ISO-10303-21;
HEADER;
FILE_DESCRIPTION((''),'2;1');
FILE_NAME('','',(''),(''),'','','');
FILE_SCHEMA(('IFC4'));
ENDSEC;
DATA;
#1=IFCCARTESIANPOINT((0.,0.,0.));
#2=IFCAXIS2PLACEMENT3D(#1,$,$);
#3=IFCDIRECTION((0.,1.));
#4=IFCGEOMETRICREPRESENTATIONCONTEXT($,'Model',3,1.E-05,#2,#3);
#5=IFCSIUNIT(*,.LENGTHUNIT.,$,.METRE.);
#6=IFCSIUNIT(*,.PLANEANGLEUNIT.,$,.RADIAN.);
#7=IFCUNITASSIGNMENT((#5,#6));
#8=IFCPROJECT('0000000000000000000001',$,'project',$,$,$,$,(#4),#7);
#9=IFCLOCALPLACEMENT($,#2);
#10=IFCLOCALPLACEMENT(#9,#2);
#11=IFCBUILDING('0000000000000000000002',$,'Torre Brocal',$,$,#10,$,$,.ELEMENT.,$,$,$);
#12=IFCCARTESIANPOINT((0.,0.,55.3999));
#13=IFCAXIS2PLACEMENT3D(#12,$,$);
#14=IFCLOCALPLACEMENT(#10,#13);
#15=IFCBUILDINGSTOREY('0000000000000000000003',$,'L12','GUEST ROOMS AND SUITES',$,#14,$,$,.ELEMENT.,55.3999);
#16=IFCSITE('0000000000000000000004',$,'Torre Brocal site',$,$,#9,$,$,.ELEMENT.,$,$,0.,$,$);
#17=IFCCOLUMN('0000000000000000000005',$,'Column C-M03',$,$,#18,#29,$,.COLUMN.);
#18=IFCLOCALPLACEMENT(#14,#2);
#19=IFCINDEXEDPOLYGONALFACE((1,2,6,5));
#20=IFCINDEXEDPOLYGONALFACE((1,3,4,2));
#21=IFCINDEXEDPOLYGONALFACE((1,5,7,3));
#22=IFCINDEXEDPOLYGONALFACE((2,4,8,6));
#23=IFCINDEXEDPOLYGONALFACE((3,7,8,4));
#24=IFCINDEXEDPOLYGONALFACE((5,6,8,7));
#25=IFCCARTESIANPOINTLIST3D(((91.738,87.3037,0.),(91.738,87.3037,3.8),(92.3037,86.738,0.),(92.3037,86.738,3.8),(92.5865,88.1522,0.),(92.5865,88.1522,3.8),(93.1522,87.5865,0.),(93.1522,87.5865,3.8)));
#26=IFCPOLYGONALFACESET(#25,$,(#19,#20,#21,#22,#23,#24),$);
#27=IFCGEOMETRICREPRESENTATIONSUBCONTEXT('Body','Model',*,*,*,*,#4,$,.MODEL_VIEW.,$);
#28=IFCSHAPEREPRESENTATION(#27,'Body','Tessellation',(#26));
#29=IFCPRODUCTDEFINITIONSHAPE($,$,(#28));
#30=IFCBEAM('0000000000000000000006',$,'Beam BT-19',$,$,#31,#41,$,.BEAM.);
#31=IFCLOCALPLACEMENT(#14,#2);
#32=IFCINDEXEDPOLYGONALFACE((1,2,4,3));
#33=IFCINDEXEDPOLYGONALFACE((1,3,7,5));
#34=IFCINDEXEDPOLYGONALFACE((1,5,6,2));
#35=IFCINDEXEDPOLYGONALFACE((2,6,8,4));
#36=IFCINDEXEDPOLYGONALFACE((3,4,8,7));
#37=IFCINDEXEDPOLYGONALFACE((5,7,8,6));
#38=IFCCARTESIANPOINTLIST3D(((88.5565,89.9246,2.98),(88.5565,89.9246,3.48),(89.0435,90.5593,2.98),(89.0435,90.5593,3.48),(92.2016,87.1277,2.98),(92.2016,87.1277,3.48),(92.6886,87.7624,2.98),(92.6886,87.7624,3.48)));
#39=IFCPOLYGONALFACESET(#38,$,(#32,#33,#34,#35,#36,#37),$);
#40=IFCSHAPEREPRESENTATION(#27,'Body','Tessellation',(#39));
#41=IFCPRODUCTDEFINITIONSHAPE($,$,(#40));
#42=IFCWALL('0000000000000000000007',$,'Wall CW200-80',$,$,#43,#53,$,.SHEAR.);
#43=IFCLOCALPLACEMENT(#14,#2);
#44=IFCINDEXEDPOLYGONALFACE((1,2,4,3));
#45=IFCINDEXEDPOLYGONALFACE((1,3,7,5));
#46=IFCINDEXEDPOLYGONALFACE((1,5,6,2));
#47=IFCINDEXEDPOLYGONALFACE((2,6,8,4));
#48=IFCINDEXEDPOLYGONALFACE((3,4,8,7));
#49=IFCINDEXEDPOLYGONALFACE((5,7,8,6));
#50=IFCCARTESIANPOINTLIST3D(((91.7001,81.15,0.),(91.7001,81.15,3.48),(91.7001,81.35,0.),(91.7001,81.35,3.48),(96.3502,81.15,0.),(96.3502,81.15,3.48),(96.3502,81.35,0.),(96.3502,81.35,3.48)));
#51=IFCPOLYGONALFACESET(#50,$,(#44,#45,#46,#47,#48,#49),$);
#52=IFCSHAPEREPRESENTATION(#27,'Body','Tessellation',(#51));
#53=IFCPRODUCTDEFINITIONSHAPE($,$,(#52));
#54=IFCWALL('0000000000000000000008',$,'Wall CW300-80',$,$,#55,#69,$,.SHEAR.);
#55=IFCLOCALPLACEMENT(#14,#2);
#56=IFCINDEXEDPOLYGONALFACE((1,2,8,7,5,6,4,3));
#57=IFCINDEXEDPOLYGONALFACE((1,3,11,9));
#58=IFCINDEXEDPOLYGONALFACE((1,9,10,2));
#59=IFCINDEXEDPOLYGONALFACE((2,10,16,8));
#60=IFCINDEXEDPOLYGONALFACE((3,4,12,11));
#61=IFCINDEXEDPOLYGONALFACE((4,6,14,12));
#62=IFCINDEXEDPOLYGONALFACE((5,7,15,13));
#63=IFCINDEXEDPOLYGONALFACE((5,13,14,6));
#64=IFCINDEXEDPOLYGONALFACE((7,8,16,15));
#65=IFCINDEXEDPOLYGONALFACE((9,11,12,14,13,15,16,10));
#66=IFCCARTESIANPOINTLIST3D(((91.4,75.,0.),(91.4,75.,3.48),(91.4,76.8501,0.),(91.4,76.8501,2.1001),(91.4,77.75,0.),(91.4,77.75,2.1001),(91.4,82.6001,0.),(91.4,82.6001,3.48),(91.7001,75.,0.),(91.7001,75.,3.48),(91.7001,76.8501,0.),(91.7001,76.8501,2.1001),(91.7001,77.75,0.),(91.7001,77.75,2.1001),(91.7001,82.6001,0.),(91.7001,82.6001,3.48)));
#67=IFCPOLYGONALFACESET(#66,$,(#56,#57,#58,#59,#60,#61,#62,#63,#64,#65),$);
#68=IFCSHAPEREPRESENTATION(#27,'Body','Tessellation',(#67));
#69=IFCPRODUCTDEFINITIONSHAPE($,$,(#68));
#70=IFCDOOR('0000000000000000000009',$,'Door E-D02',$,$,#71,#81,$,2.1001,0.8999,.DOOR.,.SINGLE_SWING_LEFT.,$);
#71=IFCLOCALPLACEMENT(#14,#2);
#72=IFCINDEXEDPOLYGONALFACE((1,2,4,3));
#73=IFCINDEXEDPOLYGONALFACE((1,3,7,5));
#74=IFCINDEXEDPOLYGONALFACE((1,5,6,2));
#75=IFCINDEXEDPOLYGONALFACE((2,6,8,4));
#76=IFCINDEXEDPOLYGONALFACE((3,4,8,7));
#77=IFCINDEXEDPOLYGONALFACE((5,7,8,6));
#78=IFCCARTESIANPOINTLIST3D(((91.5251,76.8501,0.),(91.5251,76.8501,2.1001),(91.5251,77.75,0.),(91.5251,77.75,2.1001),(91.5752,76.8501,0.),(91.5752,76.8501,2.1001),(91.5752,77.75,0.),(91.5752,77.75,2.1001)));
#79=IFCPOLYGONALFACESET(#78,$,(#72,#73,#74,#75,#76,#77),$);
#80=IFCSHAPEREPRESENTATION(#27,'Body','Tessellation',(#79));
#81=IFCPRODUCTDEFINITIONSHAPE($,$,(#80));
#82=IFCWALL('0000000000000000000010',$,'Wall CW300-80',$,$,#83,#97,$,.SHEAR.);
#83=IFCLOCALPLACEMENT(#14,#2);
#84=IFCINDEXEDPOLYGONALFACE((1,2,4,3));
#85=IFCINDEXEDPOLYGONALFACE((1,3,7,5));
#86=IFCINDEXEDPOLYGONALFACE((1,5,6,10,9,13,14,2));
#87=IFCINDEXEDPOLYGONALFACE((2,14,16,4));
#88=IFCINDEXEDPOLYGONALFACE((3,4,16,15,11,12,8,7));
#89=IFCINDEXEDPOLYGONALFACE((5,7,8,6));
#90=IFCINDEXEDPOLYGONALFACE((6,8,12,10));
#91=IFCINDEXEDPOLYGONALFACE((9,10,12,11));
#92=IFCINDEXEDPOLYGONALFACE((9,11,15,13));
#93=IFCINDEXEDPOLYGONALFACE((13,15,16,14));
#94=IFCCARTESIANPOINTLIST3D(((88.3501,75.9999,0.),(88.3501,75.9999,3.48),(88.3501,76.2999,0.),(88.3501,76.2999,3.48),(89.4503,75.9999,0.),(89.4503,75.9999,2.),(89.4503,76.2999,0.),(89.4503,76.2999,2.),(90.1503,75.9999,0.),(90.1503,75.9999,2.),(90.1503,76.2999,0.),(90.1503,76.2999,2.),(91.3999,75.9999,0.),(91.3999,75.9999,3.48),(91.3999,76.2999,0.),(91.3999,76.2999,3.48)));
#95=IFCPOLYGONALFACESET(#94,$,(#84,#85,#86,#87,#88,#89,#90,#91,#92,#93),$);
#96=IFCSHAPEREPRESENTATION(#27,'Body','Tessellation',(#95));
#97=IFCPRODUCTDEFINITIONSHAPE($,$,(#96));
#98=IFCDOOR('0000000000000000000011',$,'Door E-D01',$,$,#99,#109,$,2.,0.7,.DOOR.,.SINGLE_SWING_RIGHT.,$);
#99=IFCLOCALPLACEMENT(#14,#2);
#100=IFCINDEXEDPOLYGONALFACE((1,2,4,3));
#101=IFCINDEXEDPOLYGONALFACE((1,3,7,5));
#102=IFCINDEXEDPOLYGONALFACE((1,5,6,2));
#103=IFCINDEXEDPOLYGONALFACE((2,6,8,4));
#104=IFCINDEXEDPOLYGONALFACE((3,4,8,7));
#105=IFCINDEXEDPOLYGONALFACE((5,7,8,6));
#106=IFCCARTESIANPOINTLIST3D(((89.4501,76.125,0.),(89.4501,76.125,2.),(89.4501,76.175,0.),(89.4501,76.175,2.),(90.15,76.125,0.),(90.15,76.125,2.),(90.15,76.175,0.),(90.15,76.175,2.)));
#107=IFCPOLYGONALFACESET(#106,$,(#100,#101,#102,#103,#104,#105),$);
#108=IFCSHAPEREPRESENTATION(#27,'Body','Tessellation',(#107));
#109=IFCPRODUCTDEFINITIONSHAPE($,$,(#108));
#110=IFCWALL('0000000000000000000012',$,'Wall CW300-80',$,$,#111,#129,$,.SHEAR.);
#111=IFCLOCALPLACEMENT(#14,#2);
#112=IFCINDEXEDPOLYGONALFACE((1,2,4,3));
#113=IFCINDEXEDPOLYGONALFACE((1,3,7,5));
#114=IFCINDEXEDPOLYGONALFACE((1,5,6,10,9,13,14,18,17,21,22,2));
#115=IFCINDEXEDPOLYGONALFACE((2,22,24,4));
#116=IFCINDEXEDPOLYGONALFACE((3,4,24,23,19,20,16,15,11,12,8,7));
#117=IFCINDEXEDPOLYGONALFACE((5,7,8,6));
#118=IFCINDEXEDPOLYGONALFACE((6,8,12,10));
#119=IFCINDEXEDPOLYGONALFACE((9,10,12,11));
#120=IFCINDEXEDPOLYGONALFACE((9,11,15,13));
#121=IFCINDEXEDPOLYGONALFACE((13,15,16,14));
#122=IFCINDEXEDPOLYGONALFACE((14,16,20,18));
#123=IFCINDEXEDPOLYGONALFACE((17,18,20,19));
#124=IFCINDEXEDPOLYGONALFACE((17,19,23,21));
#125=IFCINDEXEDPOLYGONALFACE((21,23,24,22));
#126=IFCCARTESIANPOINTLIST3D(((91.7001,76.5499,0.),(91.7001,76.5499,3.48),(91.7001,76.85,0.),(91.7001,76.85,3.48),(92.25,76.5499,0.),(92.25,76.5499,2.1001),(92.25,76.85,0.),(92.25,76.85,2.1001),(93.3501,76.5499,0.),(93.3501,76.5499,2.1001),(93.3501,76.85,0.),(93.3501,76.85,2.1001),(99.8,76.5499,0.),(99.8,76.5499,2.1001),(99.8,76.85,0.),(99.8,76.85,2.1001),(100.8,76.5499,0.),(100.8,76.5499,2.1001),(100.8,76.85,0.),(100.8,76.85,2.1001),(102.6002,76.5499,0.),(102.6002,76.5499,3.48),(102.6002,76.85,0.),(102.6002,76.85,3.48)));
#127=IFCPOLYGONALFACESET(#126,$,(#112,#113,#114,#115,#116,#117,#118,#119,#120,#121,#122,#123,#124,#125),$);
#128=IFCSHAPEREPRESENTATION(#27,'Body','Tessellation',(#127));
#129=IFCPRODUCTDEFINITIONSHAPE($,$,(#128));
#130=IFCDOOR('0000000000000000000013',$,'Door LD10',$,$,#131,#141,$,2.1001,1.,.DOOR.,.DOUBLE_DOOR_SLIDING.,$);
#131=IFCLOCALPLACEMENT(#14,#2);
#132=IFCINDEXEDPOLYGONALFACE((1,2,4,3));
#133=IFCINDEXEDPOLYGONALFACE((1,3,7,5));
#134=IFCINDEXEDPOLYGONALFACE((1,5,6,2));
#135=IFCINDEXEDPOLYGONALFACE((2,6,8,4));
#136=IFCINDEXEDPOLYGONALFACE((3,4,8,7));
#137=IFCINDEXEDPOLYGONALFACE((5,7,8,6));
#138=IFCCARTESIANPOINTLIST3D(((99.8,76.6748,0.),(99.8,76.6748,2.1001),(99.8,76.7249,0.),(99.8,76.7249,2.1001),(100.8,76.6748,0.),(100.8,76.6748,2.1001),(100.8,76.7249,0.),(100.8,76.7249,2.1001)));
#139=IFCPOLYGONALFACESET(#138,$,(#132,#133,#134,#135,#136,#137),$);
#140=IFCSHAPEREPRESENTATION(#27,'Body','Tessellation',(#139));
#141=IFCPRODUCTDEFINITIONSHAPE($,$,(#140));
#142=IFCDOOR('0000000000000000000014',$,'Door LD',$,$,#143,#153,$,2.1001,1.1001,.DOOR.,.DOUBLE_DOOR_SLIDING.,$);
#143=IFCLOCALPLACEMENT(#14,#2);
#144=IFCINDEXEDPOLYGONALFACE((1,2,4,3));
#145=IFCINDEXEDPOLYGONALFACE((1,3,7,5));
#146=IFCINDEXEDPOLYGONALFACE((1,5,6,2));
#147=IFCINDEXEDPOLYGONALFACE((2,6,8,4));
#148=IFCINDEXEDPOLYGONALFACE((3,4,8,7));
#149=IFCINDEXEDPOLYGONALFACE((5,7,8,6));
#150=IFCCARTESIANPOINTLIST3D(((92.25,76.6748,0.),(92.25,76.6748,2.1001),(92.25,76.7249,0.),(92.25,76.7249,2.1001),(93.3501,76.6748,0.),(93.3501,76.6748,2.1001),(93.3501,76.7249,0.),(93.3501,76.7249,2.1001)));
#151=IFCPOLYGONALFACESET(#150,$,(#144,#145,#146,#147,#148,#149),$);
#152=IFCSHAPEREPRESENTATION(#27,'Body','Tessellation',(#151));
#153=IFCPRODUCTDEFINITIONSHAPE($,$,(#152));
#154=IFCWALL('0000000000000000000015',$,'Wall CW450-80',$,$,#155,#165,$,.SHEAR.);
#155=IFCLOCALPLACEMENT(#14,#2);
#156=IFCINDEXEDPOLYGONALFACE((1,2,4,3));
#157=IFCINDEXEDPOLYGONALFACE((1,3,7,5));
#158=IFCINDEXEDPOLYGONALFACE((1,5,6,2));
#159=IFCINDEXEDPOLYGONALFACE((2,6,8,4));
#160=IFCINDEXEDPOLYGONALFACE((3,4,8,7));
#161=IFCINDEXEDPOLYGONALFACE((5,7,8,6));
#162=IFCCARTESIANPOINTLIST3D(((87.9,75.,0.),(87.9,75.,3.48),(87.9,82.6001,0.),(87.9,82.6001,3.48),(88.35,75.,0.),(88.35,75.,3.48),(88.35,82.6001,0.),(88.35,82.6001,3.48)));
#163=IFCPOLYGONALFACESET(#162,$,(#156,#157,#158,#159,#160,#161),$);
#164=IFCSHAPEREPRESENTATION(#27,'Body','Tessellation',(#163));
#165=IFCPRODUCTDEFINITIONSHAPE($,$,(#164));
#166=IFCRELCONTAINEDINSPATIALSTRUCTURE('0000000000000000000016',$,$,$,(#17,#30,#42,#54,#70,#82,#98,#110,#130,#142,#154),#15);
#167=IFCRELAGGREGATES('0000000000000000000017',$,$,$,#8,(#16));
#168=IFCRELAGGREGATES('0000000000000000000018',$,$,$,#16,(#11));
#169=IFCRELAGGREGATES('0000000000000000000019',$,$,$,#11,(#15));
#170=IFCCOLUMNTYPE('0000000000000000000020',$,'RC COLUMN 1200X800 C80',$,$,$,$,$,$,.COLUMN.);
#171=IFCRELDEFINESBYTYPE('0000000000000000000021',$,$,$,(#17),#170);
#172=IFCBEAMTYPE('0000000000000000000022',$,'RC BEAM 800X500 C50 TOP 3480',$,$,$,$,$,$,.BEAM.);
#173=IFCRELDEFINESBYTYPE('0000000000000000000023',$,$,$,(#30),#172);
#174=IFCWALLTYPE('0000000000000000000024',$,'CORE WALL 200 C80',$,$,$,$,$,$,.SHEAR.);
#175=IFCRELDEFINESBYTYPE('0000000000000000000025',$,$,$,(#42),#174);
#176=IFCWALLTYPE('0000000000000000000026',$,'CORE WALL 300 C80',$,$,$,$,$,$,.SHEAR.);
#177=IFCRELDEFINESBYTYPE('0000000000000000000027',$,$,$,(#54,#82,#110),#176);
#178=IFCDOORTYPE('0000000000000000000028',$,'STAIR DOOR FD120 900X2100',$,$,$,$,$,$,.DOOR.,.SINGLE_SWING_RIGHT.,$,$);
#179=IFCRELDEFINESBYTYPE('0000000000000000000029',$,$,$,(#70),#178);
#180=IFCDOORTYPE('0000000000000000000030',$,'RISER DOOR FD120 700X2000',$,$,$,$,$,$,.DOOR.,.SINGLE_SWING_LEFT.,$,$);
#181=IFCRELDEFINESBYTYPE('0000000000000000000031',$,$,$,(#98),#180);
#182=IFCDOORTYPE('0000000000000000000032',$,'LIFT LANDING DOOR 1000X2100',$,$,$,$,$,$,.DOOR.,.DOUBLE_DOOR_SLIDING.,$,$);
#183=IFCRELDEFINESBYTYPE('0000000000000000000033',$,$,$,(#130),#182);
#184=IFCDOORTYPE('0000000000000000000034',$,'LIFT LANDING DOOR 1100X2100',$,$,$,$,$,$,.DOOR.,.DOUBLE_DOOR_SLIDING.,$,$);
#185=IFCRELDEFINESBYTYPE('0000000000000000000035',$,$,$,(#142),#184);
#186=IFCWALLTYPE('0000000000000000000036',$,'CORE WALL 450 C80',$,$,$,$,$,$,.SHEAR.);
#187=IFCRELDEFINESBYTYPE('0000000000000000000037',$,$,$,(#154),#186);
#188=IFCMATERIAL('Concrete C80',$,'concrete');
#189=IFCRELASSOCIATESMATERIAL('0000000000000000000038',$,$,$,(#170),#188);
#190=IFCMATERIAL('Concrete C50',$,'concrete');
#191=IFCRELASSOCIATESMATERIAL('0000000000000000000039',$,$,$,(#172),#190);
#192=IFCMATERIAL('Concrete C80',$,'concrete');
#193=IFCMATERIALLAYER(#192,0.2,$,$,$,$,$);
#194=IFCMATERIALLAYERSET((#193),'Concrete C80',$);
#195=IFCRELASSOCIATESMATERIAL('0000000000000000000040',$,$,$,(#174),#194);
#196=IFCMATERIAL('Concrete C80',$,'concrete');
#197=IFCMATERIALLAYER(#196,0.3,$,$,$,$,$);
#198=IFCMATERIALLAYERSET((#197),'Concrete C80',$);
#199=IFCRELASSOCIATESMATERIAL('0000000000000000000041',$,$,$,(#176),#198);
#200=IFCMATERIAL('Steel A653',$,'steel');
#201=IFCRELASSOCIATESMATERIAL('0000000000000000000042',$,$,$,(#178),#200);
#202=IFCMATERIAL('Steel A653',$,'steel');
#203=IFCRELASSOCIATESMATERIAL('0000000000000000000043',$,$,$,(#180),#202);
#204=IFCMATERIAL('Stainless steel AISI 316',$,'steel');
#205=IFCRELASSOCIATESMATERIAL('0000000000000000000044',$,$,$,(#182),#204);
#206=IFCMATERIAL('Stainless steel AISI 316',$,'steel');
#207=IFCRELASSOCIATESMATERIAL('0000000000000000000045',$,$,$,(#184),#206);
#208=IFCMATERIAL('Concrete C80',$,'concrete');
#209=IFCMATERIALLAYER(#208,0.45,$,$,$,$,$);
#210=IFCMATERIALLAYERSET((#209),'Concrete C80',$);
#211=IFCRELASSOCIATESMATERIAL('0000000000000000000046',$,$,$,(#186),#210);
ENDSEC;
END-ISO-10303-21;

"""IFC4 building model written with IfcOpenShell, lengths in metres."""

from ifc_helpers import new_model, si_unit, direction, frame, frame_2d, origin, origin_2d, place, context, subcontext, project, spatial, rectangle, extrude, material, layer, layer_set, material_profile, profile_set, type_object, element, fill, save


model = new_model("IFC4")

# Units and contexts
model_context = context("Model", 3, precision=1e-05, world=origin(), true_north=direction((0.0, 1.0)))
body_context = subcontext(model_context, "Body", "Model", "MODEL_VIEW")
ifc_project = project(units=[si_unit("LENGTHUNIT", "METRE"), si_unit("PLANEANGLEUNIT", "RADIAN")], contexts=[model_context])

# Site, building, storey
site_placement = place(None, origin())
site = spatial("IfcSite", under=ifc_project, at=site_placement, Name="Torre Brocal site", CompositionType="ELEMENT", RefElevation=0.0)
building_placement = place(site_placement, origin())
building = spatial("IfcBuilding", under=site, at=building_placement, Name="Torre Brocal", CompositionType="ELEMENT")
storey_placement = place(building_placement, frame((0.0, 0.0, 55.3999)))
storey = spatial("IfcBuildingStorey", under=building, at=storey_placement, Name="L12", Description="GUEST ROOMS AND SUITES", CompositionType="ELEMENT", Elevation=55.3999)

# Column
ifc_material_1 = material(Name="Concrete C80", Category="concrete")
ifc_material_profile_1 = material_profile(ifc_material_1, rectangle(XDim=1.2, YDim=0.8, at=origin_2d()), Name="RC 1200X800")
ifc_profile_set_1 = profile_set([ifc_material_profile_1], Name="Concrete C80")
column_type = type_object("IfcColumnType", Name="RC COLUMN 1200X800 C80", PredefinedType="COLUMN", material=ifc_profile_set_1)
column_placement = place(storey_placement, frame((92.4451, 87.4451, 0.0), z_axis=(0.0, 0.0, 1.0), x_axis=(0.707107, 0.707107, 0.0)))
element("IfcColumn", 1, at=column_placement, inside=storey, type_object=column_type, Name="Column C-M03", PredefinedType="COLUMN", context=body_context, shape_type="SweptSolid", body=[
    extrude(rectangle(XDim=1.2, YDim=0.8, at=origin_2d()), origin(), (0.0, 0.0, 1.0), 3.8),
])

# Beam
ifc_material_2 = material(Name="Concrete C50", Category="concrete")
ifc_material_profile_2 = material_profile(ifc_material_2, rectangle(XDim=0.8, YDim=0.5, at=origin_2d()), Name="RC 800X500")
ifc_profile_set_2 = profile_set([ifc_material_profile_2], Name="Concrete C50")
beam_type = type_object("IfcBeamType", Name="RC BEAM 800X500 C50 TOP 3480", PredefinedType="BEAM", material=ifc_profile_set_2)
beam_placement = place(storey_placement, frame((92.4451, 87.4451, 3.23), z_axis=(-0.793358, 0.608755, 0.0), x_axis=(-0.608755, -0.793358, 0.0)))
element("IfcBeam", 2, at=beam_placement, inside=storey, type_object=beam_type, Name="Beam BT-19", PredefinedType="BEAM", context=body_context, shape_type="SweptSolid", body=[
    extrude(rectangle(XDim=0.8, YDim=0.5, at=origin_2d()), origin(), (0.0, 0.0, 1.0), 4.5945),
])

# Wall
ifc_material_3 = material(Name="Concrete C80", Category="concrete")
ifc_layer_1 = layer(ifc_material_3, 0.2)
ifc_layer_set_1 = layer_set([ifc_layer_1], Name="Concrete C80")
wall_type_1 = type_object("IfcWallType", Name="CORE WALL 200 C80", PredefinedType="SHEAR", material=ifc_layer_set_1)
wall_1_placement = place(storey_placement, frame((91.7, 81.25, 0.0), z_axis=(0.0, 0.0, 1.0), x_axis=(1.0, 0.0, 0.0)))
element("IfcWall", 3, at=wall_1_placement, inside=storey, type_object=wall_type_1, Name="Wall CW200-80", PredefinedType="SHEAR", context=body_context, shape_type="SweptSolid", body=[
    extrude(rectangle(XDim=4.6501, YDim=0.2, at=frame_2d((2.3252, 0.0))), origin(), (0.0, 0.0, 1.0), 3.48),
])

# Walls, openings, doors
ifc_material_4 = material(Name="Concrete C80", Category="concrete")
ifc_layer_2 = layer(ifc_material_4, 0.3)
ifc_layer_set_2 = layer_set([ifc_layer_2], Name="Concrete C80")
wall_type_2 = type_object("IfcWallType", Name="CORE WALL 300 C80", PredefinedType="SHEAR", material=ifc_layer_set_2)
wall_2_placement = place(storey_placement, frame((91.55, 75.0, 0.0), z_axis=(0.0, 0.0, 1.0), x_axis=(0.0, 1.0, 0.0)))
wall_2 = element("IfcWall", 4, at=wall_2_placement, inside=storey, type_object=wall_type_2, Name="Wall CW300-80", PredefinedType="SHEAR", context=body_context, shape_type="SweptSolid", body=[
    extrude(rectangle(XDim=7.6001, YDim=0.3, at=frame_2d((3.8, 0.0))), origin(), (0.0, 0.0, 1.0), 3.48),
])
opening_1_placement = place(wall_2_placement, frame((1.8501, 0.0, 0.0)))
opening_1 = element("IfcOpeningElement", 5, at=opening_1_placement, cuts=wall_2, PredefinedType="OPENING", context=body_context, shape_type="SweptSolid", body=[
    extrude(rectangle(XDim=0.8999, YDim=2.1001, at=frame_2d((0.45, 1.05))), frame((0.0, 0.1599, 0.0), z_axis=(0.0, -1.0, 0.0), x_axis=(1.0, 0.0, 0.0)), (0.0, 0.0, 1.0), 0.3201),
])
ifc_material_5 = material(Name="Steel A653", Category="steel")
door_type_1 = type_object("IfcDoorType", Name="STAIR DOOR FD120 900X2100", OperationType="SINGLE_SWING_RIGHT", PredefinedType="DOOR", material=ifc_material_5)
door_1_placement = place(opening_1_placement, origin())
door_1 = element("IfcDoor", 6, at=door_1_placement, inside=storey, type_object=door_type_1, Name="Door E-D02", OperationType="SINGLE_SWING_LEFT", OverallHeight=2.1001, OverallWidth=0.8999, PredefinedType="DOOR", context=body_context, shape_type="SweptSolid", body=[
    extrude(rectangle(XDim=0.8999, YDim=2.1001, at=frame_2d((0.45, 1.05))), frame((0.0, 0.0249, 0.0), z_axis=(0.0, -1.0, 0.0), x_axis=(1.0, 0.0, 0.0)), (0.0, 0.0, 1.0), 0.05),
])
fill(opening_1, door_1)
wall_3_placement = place(storey_placement, frame((88.3501, 76.1499, 0.0), z_axis=(0.0, 0.0, 1.0), x_axis=(1.0, 0.0, 0.0)))
wall_3 = element("IfcWall", 7, at=wall_3_placement, inside=storey, type_object=wall_type_2, Name="Wall CW300-80", PredefinedType="SHEAR", context=body_context, shape_type="SweptSolid", body=[
    extrude(rectangle(XDim=3.0498, YDim=0.3, at=frame_2d((1.5249, 0.0))), origin(), (0.0, 0.0, 1.0), 3.48),
])
opening_2_placement = place(wall_3_placement, frame((1.1001, 0.0, 0.0)))
opening_2 = element("IfcOpeningElement", 8, at=opening_2_placement, cuts=wall_3, PredefinedType="OPENING", context=body_context, shape_type="SweptSolid", body=[
    extrude(rectangle(XDim=0.7, YDim=2.0, at=frame_2d((0.3501, 1.0))), frame((0.0, 0.1599, 0.0), z_axis=(0.0, -1.0, 0.0), x_axis=(1.0, 0.0, 0.0)), (0.0, 0.0, 1.0), 0.3201),
])
ifc_material_6 = material(Name="Steel A653", Category="steel")
door_type_2 = type_object("IfcDoorType", Name="RISER DOOR FD120 700X2000", OperationType="SINGLE_SWING_LEFT", PredefinedType="DOOR", material=ifc_material_6)
door_2_placement = place(opening_2_placement, frame((0.7, 0.0, 0.0), z_axis=(0.0, 0.0, 1.0), x_axis=(-1.0, 0.0, 0.0)))
door_2 = element("IfcDoor", 9, at=door_2_placement, inside=storey, type_object=door_type_2, Name="Door E-D01", OperationType="SINGLE_SWING_RIGHT", OverallHeight=2.0, OverallWidth=0.7, PredefinedType="DOOR", context=body_context, shape_type="SweptSolid", body=[
    extrude(rectangle(XDim=0.7, YDim=2.0, at=frame_2d((0.3501, 1.0))), frame((0.0, 0.0249, 0.0), z_axis=(0.0, -1.0, 0.0), x_axis=(1.0, 0.0, 0.0)), (0.0, 0.0, 1.0), 0.05),
])
fill(opening_2, door_2)

# Wall, openings, doors
wall_4_placement = place(storey_placement, frame((91.7, 76.7, 0.0), z_axis=(0.0, 0.0, 1.0), x_axis=(1.0, 0.0, 0.0)))
wall_4 = element("IfcWall", 10, at=wall_4_placement, inside=storey, type_object=wall_type_2, Name="Wall CW300-80", PredefinedType="SHEAR", context=body_context, shape_type="SweptSolid", body=[
    extrude(rectangle(XDim=10.9001, YDim=0.3, at=frame_2d((5.4502, 0.0))), origin(), (0.0, 0.0, 1.0), 3.48),
])
opening_3_placement = place(wall_4_placement, frame((0.55, 0.0, 0.0)))
opening_3 = element("IfcOpeningElement", 11, at=opening_3_placement, cuts=wall_4, PredefinedType="OPENING", context=body_context, shape_type="SweptSolid", body=[
    extrude(rectangle(XDim=1.1001, YDim=2.1001, at=frame_2d((0.55, 1.05))), frame((0.0, 0.1599, 0.0), z_axis=(0.0, -1.0, 0.0), x_axis=(1.0, 0.0, 0.0)), (0.0, 0.0, 1.0), 0.3201),
])
opening_4_placement = place(wall_4_placement, frame((8.1001, 0.0, 0.0)))
opening_4 = element("IfcOpeningElement", 12, at=opening_4_placement, cuts=wall_4, PredefinedType="OPENING", context=body_context, shape_type="SweptSolid", body=[
    extrude(rectangle(XDim=1.0, YDim=2.1001, at=frame_2d((0.5, 1.05))), frame((0.0, 0.1599, 0.0), z_axis=(0.0, -1.0, 0.0), x_axis=(1.0, 0.0, 0.0)), (0.0, 0.0, 1.0), 0.3201),
])
ifc_material_7 = material(Name="Stainless steel AISI 316", Category="steel")
door_type_3 = type_object("IfcDoorType", Name="LIFT LANDING DOOR 1000X2100", OperationType="DOUBLE_DOOR_SLIDING", PredefinedType="DOOR", material=ifc_material_7)
door_3_placement = place(opening_4_placement, origin())
door_3 = element("IfcDoor", 13, at=door_3_placement, inside=storey, type_object=door_type_3, Name="Door LD10", OperationType="DOUBLE_DOOR_SLIDING", OverallHeight=2.1001, OverallWidth=1.0, PredefinedType="DOOR", context=body_context, shape_type="SweptSolid", body=[
    extrude(rectangle(XDim=1.0, YDim=2.1001, at=frame_2d((0.5, 1.05))), frame((0.0, 0.0249, 0.0), z_axis=(0.0, -1.0, 0.0), x_axis=(1.0, 0.0, 0.0)), (0.0, 0.0, 1.0), 0.05),
])
fill(opening_4, door_3)
ifc_material_8 = material(Name="Stainless steel AISI 316", Category="steel")
door_type_4 = type_object("IfcDoorType", Name="LIFT LANDING DOOR 1100X2100", OperationType="DOUBLE_DOOR_SLIDING", PredefinedType="DOOR", material=ifc_material_8)
door_4_placement = place(opening_3_placement, origin())
door_4 = element("IfcDoor", 14, at=door_4_placement, inside=storey, type_object=door_type_4, Name="Door LD", OperationType="DOUBLE_DOOR_SLIDING", OverallHeight=2.1001, OverallWidth=1.1001, PredefinedType="DOOR", context=body_context, shape_type="SweptSolid", body=[
    extrude(rectangle(XDim=1.1001, YDim=2.1001, at=frame_2d((0.55, 1.05))), frame((0.0, 0.0249, 0.0), z_axis=(0.0, -1.0, 0.0), x_axis=(1.0, 0.0, 0.0)), (0.0, 0.0, 1.0), 0.05),
])
fill(opening_3, door_4)

# Wall
ifc_material_9 = material(Name="Concrete C80", Category="concrete")
ifc_layer_3 = layer(ifc_material_9, 0.45)
ifc_layer_set_3 = layer_set([ifc_layer_3], Name="Concrete C80")
wall_type_3 = type_object("IfcWallType", Name="CORE WALL 450 C80", PredefinedType="SHEAR", material=ifc_layer_set_3)
wall_5_placement = place(storey_placement, frame((88.125, 75.0, 0.0), z_axis=(0.0, 0.0, 1.0), x_axis=(0.0, 1.0, 0.0)))
element("IfcWall", 15, at=wall_5_placement, inside=storey, type_object=wall_type_3, Name="Wall CW450-80", PredefinedType="SHEAR", context=body_context, shape_type="SweptSolid", body=[
    extrude(rectangle(XDim=7.6001, YDim=0.45, at=frame_2d((3.8, 0.0))), origin(), (0.0, 0.0, 1.0), 3.48),
])

save(model, "model.ifc")
